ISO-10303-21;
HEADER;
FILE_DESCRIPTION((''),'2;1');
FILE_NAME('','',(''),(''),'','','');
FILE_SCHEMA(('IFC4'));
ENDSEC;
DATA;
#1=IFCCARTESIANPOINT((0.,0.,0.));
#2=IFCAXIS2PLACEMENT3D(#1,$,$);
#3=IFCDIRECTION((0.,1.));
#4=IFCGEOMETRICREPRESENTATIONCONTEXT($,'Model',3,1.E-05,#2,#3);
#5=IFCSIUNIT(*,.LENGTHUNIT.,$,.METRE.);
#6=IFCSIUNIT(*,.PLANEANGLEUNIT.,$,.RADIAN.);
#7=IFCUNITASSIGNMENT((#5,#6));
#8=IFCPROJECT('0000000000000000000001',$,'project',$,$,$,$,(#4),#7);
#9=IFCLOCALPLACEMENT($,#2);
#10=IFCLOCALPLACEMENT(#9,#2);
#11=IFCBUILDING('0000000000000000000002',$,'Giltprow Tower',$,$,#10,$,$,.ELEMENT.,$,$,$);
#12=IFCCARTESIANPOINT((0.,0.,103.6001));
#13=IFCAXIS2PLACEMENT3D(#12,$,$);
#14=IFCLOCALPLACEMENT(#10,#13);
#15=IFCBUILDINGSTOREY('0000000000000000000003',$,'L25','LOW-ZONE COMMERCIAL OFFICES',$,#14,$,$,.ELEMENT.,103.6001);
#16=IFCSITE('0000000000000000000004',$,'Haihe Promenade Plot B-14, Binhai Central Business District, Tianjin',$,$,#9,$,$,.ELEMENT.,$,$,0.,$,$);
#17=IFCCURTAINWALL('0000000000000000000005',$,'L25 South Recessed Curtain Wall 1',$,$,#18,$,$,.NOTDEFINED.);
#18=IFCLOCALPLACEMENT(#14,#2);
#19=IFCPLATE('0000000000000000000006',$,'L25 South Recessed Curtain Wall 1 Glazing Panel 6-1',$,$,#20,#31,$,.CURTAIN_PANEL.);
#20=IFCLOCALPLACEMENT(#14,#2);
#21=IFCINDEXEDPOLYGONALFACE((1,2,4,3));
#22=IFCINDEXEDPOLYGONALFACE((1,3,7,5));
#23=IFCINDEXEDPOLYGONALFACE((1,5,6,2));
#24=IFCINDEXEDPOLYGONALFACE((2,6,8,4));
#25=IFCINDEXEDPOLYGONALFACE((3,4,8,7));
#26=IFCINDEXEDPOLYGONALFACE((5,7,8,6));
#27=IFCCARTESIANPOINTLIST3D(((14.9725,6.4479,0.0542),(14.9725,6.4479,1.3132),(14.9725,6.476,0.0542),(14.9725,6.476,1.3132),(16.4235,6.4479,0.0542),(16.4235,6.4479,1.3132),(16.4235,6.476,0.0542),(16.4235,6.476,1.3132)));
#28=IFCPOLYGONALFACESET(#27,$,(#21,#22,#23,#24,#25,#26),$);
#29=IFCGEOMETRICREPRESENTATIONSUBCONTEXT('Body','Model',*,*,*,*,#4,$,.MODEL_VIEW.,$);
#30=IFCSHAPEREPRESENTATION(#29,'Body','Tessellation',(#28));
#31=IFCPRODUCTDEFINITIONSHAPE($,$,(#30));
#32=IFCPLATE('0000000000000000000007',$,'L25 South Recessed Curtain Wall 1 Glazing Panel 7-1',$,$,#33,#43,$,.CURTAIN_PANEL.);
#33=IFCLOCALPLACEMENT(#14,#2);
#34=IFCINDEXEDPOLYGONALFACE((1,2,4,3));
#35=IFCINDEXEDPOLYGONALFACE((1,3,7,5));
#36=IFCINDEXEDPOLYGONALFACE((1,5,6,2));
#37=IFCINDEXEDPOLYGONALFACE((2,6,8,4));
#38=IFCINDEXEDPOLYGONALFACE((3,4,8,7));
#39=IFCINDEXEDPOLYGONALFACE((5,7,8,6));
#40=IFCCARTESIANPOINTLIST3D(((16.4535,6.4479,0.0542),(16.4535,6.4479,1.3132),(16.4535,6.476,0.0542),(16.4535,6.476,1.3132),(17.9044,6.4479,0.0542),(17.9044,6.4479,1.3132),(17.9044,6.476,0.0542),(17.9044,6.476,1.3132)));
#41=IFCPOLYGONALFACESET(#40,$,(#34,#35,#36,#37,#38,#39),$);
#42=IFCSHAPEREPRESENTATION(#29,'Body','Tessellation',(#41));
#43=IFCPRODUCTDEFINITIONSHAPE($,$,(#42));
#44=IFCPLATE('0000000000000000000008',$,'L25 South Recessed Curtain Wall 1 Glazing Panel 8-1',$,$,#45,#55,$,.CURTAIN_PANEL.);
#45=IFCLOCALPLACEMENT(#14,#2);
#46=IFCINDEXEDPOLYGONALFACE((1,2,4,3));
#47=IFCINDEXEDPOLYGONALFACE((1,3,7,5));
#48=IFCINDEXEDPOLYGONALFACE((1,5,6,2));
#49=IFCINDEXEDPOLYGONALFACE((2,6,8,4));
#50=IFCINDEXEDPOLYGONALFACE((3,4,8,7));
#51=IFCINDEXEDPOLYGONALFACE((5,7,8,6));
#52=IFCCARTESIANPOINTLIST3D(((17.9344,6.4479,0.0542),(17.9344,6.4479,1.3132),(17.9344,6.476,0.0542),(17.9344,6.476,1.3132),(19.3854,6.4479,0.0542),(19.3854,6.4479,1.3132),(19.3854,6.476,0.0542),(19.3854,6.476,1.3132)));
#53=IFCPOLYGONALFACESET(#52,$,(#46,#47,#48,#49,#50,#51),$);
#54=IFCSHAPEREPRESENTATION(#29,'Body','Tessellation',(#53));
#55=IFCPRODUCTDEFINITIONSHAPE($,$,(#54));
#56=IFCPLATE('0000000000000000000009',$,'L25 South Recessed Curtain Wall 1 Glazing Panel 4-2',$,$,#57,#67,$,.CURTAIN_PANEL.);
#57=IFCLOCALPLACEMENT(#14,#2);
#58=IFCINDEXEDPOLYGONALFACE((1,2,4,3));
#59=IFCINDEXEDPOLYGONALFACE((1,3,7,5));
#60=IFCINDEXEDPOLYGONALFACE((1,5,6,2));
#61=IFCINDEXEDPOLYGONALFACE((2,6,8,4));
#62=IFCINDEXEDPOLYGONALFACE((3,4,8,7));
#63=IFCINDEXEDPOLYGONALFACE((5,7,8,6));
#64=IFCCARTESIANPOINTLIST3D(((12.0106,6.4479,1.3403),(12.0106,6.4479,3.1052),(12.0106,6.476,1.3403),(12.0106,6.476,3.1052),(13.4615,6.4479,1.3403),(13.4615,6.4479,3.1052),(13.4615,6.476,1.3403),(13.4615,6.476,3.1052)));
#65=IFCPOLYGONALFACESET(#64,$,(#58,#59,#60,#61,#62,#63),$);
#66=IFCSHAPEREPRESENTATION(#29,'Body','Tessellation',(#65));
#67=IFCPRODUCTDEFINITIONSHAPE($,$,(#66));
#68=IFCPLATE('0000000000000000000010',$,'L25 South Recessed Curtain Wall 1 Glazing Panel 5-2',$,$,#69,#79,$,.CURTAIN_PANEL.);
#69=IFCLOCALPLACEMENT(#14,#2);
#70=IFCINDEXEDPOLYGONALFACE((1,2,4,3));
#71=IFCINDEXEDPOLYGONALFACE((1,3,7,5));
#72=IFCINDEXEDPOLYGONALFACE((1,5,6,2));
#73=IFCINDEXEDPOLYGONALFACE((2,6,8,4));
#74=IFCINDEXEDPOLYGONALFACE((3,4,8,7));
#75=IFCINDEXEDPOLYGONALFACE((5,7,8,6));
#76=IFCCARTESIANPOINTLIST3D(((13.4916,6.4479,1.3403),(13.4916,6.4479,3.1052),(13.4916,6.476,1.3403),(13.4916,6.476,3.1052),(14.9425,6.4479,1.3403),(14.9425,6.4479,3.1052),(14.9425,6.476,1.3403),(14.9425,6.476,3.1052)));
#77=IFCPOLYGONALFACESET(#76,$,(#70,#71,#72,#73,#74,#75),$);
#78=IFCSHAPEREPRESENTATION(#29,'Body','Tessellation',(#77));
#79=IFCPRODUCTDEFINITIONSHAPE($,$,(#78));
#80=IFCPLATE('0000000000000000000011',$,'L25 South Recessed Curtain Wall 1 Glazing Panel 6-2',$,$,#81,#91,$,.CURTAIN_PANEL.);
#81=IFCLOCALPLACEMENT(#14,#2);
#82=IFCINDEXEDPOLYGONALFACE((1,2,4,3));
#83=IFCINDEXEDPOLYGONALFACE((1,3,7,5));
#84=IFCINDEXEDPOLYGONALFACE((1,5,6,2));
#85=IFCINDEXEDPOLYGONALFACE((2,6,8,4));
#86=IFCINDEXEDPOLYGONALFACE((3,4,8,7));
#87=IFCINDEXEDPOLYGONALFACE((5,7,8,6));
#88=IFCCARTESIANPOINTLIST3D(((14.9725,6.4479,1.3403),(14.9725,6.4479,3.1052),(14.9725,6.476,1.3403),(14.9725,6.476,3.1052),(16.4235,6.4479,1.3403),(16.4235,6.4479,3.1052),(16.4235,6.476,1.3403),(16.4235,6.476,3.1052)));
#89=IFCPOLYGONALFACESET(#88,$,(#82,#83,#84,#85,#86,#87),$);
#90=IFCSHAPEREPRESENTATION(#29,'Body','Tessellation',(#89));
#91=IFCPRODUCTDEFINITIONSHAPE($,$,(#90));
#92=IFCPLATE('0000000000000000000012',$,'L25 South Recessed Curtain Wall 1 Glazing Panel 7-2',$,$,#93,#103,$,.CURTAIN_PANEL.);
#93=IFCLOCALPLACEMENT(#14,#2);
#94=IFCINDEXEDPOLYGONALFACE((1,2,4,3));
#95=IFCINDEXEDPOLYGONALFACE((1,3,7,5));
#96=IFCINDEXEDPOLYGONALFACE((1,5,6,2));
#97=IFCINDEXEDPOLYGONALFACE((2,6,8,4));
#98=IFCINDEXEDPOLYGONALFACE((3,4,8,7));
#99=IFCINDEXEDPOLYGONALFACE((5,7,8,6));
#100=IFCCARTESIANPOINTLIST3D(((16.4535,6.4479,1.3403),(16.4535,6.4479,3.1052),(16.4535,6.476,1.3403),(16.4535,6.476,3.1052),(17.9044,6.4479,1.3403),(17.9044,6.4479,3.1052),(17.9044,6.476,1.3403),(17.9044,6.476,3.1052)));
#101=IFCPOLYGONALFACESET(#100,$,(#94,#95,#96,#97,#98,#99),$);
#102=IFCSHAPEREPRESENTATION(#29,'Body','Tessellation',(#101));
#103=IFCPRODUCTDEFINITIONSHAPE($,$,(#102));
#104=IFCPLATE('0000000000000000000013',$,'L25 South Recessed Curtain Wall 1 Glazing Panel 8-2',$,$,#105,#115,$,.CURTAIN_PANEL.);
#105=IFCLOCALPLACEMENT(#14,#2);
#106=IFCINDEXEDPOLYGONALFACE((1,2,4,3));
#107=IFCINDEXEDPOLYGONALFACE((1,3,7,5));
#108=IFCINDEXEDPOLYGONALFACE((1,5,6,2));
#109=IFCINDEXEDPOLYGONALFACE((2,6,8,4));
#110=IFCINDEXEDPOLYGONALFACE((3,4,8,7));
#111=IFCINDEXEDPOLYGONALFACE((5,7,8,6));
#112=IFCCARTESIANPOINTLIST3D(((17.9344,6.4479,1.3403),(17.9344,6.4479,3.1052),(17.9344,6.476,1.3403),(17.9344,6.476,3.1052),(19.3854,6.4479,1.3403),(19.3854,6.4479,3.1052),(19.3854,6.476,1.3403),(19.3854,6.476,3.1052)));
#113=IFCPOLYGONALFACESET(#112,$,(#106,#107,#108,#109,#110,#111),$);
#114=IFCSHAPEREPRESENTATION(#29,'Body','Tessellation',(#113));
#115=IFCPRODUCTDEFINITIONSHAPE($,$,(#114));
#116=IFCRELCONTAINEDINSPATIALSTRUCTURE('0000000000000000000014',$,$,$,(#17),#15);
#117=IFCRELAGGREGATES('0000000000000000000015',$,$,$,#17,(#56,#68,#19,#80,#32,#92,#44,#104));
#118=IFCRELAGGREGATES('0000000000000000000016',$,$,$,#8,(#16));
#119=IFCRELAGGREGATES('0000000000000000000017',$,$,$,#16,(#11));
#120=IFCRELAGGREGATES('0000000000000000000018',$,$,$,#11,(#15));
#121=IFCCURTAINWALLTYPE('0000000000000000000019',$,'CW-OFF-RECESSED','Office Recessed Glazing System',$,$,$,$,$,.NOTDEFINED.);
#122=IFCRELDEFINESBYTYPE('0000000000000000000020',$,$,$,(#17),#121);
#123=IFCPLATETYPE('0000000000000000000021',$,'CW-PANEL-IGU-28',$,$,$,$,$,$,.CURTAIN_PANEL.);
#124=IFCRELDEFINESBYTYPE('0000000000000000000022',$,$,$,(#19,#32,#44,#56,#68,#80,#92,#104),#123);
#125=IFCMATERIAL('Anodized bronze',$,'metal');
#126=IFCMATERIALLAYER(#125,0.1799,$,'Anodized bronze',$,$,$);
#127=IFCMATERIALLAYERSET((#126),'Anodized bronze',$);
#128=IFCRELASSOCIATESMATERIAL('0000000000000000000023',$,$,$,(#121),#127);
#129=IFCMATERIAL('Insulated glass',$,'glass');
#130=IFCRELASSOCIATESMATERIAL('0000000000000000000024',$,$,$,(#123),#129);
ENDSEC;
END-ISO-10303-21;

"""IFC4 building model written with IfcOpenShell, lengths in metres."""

from ifc_helpers import new_model, si_unit, direction, frame, origin, origin_2d, place, context, subcontext, project, spatial, rectangle, extrude, source, transform, mapped, material, layer, layer_set, type_object, element, aggregate, save


model = new_model("IFC4")

# Units and contexts
model_context = context("Model", 3, precision=1e-05, world=origin(), true_north=direction((0.0, 1.0)))
body_context = subcontext(model_context, "Body", "Model", "MODEL_VIEW")
ifc_project = project(units=[si_unit("LENGTHUNIT", "METRE"), si_unit("PLANEANGLEUNIT", "RADIAN")], contexts=[model_context])

# Site, building, storey
site_placement = place(None, origin())
site = spatial("IfcSite", under=ifc_project, at=site_placement, Name="Haihe Promenade Plot B-14, Binhai Central Business District, Tianjin", CompositionType="ELEMENT", RefElevation=0.0)
building_placement = place(site_placement, origin())
building = spatial("IfcBuilding", under=site, at=building_placement, Name="Giltprow Tower", CompositionType="ELEMENT")
storey_placement = place(building_placement, frame((0.0, 0.0, 103.6001)))
storey = spatial("IfcBuildingStorey", under=building, at=storey_placement, Name="L25", Description="LOW-ZONE COMMERCIAL OFFICES", CompositionType="ELEMENT", Elevation=103.6001)

# Curtain wall, plates
ifc_material_1 = material(Name="Anodized bronze", Category="metal")
ifc_layer = layer(ifc_material_1, 0.1799, Name="Anodized bronze")
ifc_layer_set = layer_set([ifc_layer], Name="Anodized bronze")
curtain_wall_type = type_object("IfcCurtainWallType", Name="CW-OFF-RECESSED", Description="Office Recessed Glazing System", PredefinedType="NOTDEFINED", material=ifc_layer_set)
curtain_wall_placement = place(storey_placement, origin())
curtain_wall = element("IfcCurtainWall", 1, at=curtain_wall_placement, inside=storey, type_object=curtain_wall_type, Name="L25 South Recessed Curtain Wall 1", PredefinedType="NOTDEFINED")
ifc_material_2 = material(Name="Insulated glass", Category="glass")
plate_type = type_object("IfcPlateType", Name="CW-PANEL-IGU-28", PredefinedType="CURTAIN_PANEL", material=ifc_material_2)
shared_shape_1 = source(origin(), body_context, "Body", "SweptSolid", [
    extrude(rectangle(XDim=1.4509, YDim=0.0281, at=origin_2d()), origin(), (0.0, 0.0, 1.0), 1.259),
])
plate_1_placement = place(storey_placement, frame((15.698, 6.4619, 0.0542), z_axis=(0.0, 0.0, 1.0), x_axis=(1.0, 0.0, 0.0)))
plate_1 = element("IfcPlate", 2, at=plate_1_placement, type_object=plate_type, Name="L25 South Recessed Curtain Wall 1 Glazing Panel 6-1", PredefinedType="CURTAIN_PANEL", context=body_context, shape_type="MappedRepresentation", body=[
    mapped(shared_shape_1, transform((0.0, 0.0, 0.0), x_axis=(1.0, 0.0, 0.0), y_axis=(0.0, 1.0, 0.0), z_axis=(0.0, 0.0, 1.0), scale=1.0)),
])
plate_2_placement = place(storey_placement, frame((17.179, 6.4619, 0.0542), z_axis=(0.0, 0.0, 1.0), x_axis=(1.0, 0.0, 0.0)))
plate_2 = element("IfcPlate", 3, at=plate_2_placement, type_object=plate_type, Name="L25 South Recessed Curtain Wall 1 Glazing Panel 7-1", PredefinedType="CURTAIN_PANEL", context=body_context, shape_type="MappedRepresentation", body=[
    mapped(shared_shape_1, transform((0.0, 0.0, 0.0), x_axis=(1.0, 0.0, 0.0), y_axis=(0.0, 1.0, 0.0), z_axis=(0.0, 0.0, 1.0), scale=1.0)),
])
plate_3_placement = place(storey_placement, frame((18.6599, 6.4619, 0.0542), z_axis=(0.0, 0.0, 1.0), x_axis=(1.0, 0.0, 0.0)))
plate_3 = element("IfcPlate", 4, at=plate_3_placement, type_object=plate_type, Name="L25 South Recessed Curtain Wall 1 Glazing Panel 8-1", PredefinedType="CURTAIN_PANEL", context=body_context, shape_type="MappedRepresentation", body=[
    mapped(shared_shape_1, transform((0.0, 0.0, 0.0), x_axis=(1.0, 0.0, 0.0), y_axis=(0.0, 1.0, 0.0), z_axis=(0.0, 0.0, 1.0), scale=1.0)),
])
shared_shape_2 = source(origin(), body_context, "Body", "SweptSolid", [
    extrude(rectangle(XDim=1.4509, YDim=0.0281, at=origin_2d()), origin(), (0.0, 0.0, 1.0), 1.7649),
])
plate_4_placement = place(storey_placement, frame((12.7361, 6.4619, 1.3403), z_axis=(0.0, 0.0, 1.0), x_axis=(1.0, 0.0, 0.0)))
plate_4 = element("IfcPlate", 5, at=plate_4_placement, type_object=plate_type, Name="L25 South Recessed Curtain Wall 1 Glazing Panel 4-2", PredefinedType="CURTAIN_PANEL", context=body_context, shape_type="MappedRepresentation", body=[
    mapped(shared_shape_2, transform((0.0, 0.0, 0.0), x_axis=(1.0, 0.0, 0.0), y_axis=(0.0, 1.0, 0.0), z_axis=(0.0, 0.0, 1.0), scale=1.0)),
])
plate_5_placement = place(storey_placement, frame((14.217, 6.4619, 1.3403), z_axis=(0.0, 0.0, 1.0), x_axis=(1.0, 0.0, 0.0)))
plate_5 = element("IfcPlate", 6, at=plate_5_placement, type_object=plate_type, Name="L25 South Recessed Curtain Wall 1 Glazing Panel 5-2", PredefinedType="CURTAIN_PANEL", context=body_context, shape_type="MappedRepresentation", body=[
    mapped(shared_shape_2, transform((0.0, 0.0, 0.0), x_axis=(1.0, 0.0, 0.0), y_axis=(0.0, 1.0, 0.0), z_axis=(0.0, 0.0, 1.0), scale=1.0)),
])
plate_6_placement = place(storey_placement, frame((15.698, 6.4619, 1.3403), z_axis=(0.0, 0.0, 1.0), x_axis=(1.0, 0.0, 0.0)))
plate_6 = element("IfcPlate", 7, at=plate_6_placement, type_object=plate_type, Name="L25 South Recessed Curtain Wall 1 Glazing Panel 6-2", PredefinedType="CURTAIN_PANEL", context=body_context, shape_type="MappedRepresentation", body=[
    mapped(shared_shape_2, transform((0.0, 0.0, 0.0), x_axis=(1.0, 0.0, 0.0), y_axis=(0.0, 1.0, 0.0), z_axis=(0.0, 0.0, 1.0), scale=1.0)),
])
plate_7_placement = place(storey_placement, frame((17.179, 6.4619, 1.3403), z_axis=(0.0, 0.0, 1.0), x_axis=(1.0, 0.0, 0.0)))
plate_7 = element("IfcPlate", 8, at=plate_7_placement, type_object=plate_type, Name="L25 South Recessed Curtain Wall 1 Glazing Panel 7-2", PredefinedType="CURTAIN_PANEL", context=body_context, shape_type="MappedRepresentation", body=[
    mapped(shared_shape_2, transform((0.0, 0.0, 0.0), x_axis=(1.0, 0.0, 0.0), y_axis=(0.0, 1.0, 0.0), z_axis=(0.0, 0.0, 1.0), scale=1.0)),
])
plate_8_placement = place(storey_placement, frame((18.6599, 6.4619, 1.3403), z_axis=(0.0, 0.0, 1.0), x_axis=(1.0, 0.0, 0.0)))
plate_8 = element("IfcPlate", 9, at=plate_8_placement, type_object=plate_type, Name="L25 South Recessed Curtain Wall 1 Glazing Panel 8-2", PredefinedType="CURTAIN_PANEL", context=body_context, shape_type="MappedRepresentation", body=[
    mapped(shared_shape_2, transform((0.0, 0.0, 0.0), x_axis=(1.0, 0.0, 0.0), y_axis=(0.0, 1.0, 0.0), z_axis=(0.0, 0.0, 1.0), scale=1.0)),
])
aggregate(curtain_wall, [plate_4, plate_5, plate_1, plate_6, plate_2, plate_7, plate_3, plate_8])

save(model, "model.ifc")
